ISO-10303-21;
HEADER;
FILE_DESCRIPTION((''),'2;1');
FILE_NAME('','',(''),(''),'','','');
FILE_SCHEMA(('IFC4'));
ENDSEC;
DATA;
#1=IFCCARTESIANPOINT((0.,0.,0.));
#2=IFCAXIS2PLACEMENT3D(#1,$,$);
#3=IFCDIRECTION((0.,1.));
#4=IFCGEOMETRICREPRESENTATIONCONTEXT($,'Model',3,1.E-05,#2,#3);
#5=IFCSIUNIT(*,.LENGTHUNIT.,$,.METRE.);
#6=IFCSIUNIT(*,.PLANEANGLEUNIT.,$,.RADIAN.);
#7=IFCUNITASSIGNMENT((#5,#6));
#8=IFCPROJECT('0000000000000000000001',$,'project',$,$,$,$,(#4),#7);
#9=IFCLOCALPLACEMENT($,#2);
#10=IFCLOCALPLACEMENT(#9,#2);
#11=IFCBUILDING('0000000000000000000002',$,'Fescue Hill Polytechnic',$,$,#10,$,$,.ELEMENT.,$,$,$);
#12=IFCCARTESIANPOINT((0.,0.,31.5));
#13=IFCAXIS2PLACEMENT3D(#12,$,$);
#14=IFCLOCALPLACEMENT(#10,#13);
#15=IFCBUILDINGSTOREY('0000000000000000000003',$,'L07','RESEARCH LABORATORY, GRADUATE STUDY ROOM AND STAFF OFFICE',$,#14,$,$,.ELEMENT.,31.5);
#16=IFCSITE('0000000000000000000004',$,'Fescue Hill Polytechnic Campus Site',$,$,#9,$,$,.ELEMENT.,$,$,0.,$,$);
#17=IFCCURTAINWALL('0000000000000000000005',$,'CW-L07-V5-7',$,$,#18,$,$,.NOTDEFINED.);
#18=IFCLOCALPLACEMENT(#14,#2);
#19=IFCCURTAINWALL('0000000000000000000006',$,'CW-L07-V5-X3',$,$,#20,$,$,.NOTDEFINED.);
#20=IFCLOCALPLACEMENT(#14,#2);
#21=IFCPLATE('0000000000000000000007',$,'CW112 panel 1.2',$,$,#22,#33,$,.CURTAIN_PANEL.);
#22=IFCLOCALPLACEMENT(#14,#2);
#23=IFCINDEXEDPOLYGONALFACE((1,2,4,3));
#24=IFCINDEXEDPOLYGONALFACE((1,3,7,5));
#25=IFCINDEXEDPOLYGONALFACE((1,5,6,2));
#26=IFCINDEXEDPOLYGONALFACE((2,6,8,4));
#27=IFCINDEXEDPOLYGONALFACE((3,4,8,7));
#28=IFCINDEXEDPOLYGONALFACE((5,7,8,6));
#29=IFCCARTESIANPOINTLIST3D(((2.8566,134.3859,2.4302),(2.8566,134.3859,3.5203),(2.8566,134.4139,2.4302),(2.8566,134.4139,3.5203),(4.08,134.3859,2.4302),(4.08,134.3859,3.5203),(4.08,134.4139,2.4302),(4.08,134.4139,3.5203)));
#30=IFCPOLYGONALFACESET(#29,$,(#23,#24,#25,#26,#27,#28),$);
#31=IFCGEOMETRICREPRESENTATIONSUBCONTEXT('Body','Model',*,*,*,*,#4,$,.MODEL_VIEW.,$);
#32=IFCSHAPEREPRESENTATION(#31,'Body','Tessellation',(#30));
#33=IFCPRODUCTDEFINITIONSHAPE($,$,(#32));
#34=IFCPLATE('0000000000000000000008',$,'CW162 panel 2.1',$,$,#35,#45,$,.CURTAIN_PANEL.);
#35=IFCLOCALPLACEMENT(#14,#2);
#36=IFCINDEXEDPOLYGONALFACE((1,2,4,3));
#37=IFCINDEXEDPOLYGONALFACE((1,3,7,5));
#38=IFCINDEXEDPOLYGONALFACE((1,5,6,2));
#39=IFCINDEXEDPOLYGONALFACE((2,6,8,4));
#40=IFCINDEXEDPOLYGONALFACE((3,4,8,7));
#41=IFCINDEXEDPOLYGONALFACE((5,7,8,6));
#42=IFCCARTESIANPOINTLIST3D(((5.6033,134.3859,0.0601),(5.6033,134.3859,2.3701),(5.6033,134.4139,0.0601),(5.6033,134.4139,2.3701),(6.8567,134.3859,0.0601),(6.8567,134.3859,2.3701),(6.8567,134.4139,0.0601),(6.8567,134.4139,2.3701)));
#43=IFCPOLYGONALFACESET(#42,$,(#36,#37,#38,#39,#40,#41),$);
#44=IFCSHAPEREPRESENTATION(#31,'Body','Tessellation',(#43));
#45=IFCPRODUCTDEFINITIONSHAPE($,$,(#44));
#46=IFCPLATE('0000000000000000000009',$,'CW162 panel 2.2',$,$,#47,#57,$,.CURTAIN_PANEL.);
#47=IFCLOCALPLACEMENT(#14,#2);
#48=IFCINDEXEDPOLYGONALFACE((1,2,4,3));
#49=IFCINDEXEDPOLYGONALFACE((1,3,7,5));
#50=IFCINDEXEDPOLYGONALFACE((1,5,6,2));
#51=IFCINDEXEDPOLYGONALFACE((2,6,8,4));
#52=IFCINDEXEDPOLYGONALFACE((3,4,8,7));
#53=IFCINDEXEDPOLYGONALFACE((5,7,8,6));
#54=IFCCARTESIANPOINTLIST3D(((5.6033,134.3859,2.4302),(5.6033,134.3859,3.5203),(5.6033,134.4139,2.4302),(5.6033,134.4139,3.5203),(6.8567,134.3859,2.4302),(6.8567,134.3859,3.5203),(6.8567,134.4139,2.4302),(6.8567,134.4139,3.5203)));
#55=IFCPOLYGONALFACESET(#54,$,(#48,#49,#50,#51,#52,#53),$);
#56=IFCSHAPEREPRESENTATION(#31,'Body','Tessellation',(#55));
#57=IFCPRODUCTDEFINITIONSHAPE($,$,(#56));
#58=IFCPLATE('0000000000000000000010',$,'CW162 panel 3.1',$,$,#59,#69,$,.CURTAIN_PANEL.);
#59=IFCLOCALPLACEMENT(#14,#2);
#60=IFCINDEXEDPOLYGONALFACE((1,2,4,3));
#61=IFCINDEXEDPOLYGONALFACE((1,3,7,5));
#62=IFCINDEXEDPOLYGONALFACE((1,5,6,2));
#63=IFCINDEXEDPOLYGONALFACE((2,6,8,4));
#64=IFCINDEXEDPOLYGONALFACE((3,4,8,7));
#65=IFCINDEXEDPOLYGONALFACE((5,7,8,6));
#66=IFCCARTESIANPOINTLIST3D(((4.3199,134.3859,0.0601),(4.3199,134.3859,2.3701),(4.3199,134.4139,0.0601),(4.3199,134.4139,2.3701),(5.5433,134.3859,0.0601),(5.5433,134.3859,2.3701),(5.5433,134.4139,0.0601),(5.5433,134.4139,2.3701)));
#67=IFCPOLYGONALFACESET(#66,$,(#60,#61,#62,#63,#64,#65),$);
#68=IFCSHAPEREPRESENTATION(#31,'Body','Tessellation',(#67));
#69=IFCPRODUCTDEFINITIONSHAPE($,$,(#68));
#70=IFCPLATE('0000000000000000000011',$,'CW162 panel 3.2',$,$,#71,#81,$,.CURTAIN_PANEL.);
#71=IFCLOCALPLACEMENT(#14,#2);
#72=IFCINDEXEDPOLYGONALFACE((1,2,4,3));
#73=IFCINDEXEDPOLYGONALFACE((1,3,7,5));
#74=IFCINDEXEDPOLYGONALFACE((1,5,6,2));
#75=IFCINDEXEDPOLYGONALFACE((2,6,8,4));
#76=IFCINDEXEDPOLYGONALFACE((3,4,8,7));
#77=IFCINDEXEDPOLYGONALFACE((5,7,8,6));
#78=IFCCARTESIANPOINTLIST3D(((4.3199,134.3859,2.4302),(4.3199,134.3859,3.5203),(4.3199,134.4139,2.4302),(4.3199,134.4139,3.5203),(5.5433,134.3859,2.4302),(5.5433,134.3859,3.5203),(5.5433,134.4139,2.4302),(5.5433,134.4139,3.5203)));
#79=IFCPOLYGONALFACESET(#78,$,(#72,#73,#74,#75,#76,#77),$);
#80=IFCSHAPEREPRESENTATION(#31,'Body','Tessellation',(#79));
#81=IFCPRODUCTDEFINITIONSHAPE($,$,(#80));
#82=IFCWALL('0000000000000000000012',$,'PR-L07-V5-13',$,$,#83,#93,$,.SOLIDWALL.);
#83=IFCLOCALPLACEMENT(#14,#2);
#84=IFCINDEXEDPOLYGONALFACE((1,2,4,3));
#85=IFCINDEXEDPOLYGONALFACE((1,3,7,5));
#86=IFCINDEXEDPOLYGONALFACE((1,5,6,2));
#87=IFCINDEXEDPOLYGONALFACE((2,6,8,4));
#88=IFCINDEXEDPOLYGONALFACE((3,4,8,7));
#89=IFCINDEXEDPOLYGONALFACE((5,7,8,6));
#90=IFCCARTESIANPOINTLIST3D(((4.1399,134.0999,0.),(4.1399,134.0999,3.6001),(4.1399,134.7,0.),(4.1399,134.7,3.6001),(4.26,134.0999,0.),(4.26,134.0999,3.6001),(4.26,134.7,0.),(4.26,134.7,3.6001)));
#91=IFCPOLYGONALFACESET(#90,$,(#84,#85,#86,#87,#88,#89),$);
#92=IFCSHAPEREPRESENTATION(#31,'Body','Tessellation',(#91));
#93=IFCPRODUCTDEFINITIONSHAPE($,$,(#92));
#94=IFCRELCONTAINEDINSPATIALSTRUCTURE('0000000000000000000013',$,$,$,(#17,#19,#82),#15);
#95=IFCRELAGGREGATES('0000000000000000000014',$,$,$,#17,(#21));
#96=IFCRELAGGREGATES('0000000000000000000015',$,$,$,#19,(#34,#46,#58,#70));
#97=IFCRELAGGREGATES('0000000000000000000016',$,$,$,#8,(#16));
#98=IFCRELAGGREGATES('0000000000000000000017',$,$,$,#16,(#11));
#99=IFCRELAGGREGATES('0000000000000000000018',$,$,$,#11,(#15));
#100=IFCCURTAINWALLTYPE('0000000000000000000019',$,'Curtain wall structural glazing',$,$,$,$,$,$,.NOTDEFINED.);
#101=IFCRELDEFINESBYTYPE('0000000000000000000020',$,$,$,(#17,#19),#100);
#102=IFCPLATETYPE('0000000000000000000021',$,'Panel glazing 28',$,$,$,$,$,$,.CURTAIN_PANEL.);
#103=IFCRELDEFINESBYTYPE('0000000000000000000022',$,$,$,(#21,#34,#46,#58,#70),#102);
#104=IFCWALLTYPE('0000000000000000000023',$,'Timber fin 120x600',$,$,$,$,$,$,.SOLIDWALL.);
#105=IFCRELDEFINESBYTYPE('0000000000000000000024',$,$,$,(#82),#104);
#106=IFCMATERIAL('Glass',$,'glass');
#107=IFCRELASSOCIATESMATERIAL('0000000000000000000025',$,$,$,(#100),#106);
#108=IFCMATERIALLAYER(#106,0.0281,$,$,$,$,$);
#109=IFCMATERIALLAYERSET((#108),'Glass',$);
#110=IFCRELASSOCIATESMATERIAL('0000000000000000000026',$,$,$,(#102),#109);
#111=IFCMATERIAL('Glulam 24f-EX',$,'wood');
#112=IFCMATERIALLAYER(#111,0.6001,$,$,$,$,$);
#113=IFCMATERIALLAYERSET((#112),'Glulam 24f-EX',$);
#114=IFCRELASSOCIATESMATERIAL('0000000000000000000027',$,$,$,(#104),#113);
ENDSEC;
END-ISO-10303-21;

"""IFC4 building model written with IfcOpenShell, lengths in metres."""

from ifc_helpers import new_model, si_unit, direction, frame, frame_2d, origin, origin_2d, place, context, subcontext, project, spatial, rectangle, extrude, material, layer, layer_set, type_object, element, aggregate, save


model = new_model("IFC4")

# Units and contexts
model_context = context("Model", 3, precision=1e-05, world=origin(), true_north=direction((0.0, 1.0)))
body_context = subcontext(model_context, "Body", "Model", "MODEL_VIEW")
ifc_project = project(units=[si_unit("LENGTHUNIT", "METRE"), si_unit("PLANEANGLEUNIT", "RADIAN")], contexts=[model_context])

# Site, building, storey
site_placement = place(None, origin())
site = spatial("IfcSite", under=ifc_project, at=site_placement, Name="Fescue Hill Polytechnic Campus Site", CompositionType="ELEMENT", RefElevation=0.0)
building_placement = place(site_placement, origin())
building = spatial("IfcBuilding", under=site, at=building_placement, Name="Fescue Hill Polytechnic", CompositionType="ELEMENT")
storey_placement = place(building_placement, frame((0.0, 0.0, 31.5)))
storey = spatial("IfcBuildingStorey", under=building, at=storey_placement, Name="L07", Description="RESEARCH LABORATORY, GRADUATE STUDY ROOM AND STAFF OFFICE", CompositionType="ELEMENT", Elevation=31.5)

# Curtain walls
ifc_material_1 = material(Name="Glass", Category="glass")
curtain_wall_type = type_object("IfcCurtainWallType", Name="Curtain wall structural glazing", PredefinedType="NOTDEFINED", material=ifc_material_1)
curtain_wall_1_placement = place(storey_placement, origin())
curtain_wall_1 = element("IfcCurtainWall", 1, at=curtain_wall_1_placement, inside=storey, type_object=curtain_wall_type, Name="CW-L07-V5-7", PredefinedType="NOTDEFINED")
curtain_wall_2_placement = place(storey_placement, origin())
curtain_wall_2 = element("IfcCurtainWall", 2, at=curtain_wall_2_placement, inside=storey, type_object=curtain_wall_type, Name="CW-L07-V5-X3", PredefinedType="NOTDEFINED")

# Plates
ifc_layer_1 = layer(ifc_material_1, 0.0281)
ifc_layer_set_1 = layer_set([ifc_layer_1], Name="Glass")
plate_type = type_object("IfcPlateType", Name="Panel glazing 28", PredefinedType="CURTAIN_PANEL", material=ifc_layer_set_1)
plate_1_placement = place(storey_placement, frame((3.4683, 134.3999, 2.4302), z_axis=(0.0, 0.0, 1.0), x_axis=(-1.0, 0.0, 0.0)))
plate_1 = element("IfcPlate", 3, at=plate_1_placement, type_object=plate_type, Name="CW112 panel 1.2", PredefinedType="CURTAIN_PANEL", context=body_context, shape_type="SweptSolid", body=[
    extrude(rectangle(XDim=1.2234, YDim=0.0281, at=origin_2d()), origin(), (0.0, 0.0, 1.0), 1.0901),
])
aggregate(curtain_wall_1, [plate_1])
plate_2_placement = place(storey_placement, frame((6.23, 134.3999, 0.0601), z_axis=(0.0, 0.0, 1.0), x_axis=(-1.0, 0.0, 0.0)))
plate_2 = element("IfcPlate", 4, at=plate_2_placement, type_object=plate_type, Name="CW162 panel 2.1", PredefinedType="CURTAIN_PANEL", context=body_context, shape_type="SweptSolid", body=[
    extrude(rectangle(XDim=1.2534, YDim=0.0281, at=origin_2d()), origin(), (0.0, 0.0, 1.0), 2.3101),
])
plate_3_placement = place(storey_placement, frame((6.23, 134.3999, 2.4302), z_axis=(0.0, 0.0, 1.0), x_axis=(-1.0, 0.0, 0.0)))
plate_3 = element("IfcPlate", 5, at=plate_3_placement, type_object=plate_type, Name="CW162 panel 2.2", PredefinedType="CURTAIN_PANEL", context=body_context, shape_type="SweptSolid", body=[
    extrude(rectangle(XDim=1.2534, YDim=0.0281, at=origin_2d()), origin(), (0.0, 0.0, 1.0), 1.0901),
])
plate_4_placement = place(storey_placement, frame((4.9316, 134.3999, 0.0601), z_axis=(0.0, 0.0, 1.0), x_axis=(-1.0, 0.0, 0.0)))
plate_4 = element("IfcPlate", 6, at=plate_4_placement, type_object=plate_type, Name="CW162 panel 3.1", PredefinedType="CURTAIN_PANEL", context=body_context, shape_type="SweptSolid", body=[
    extrude(rectangle(XDim=1.2234, YDim=0.0281, at=origin_2d()), origin(), (0.0, 0.0, 1.0), 2.3101),
])
plate_5_placement = place(storey_placement, frame((4.9316, 134.3999, 2.4302), z_axis=(0.0, 0.0, 1.0), x_axis=(-1.0, 0.0, 0.0)))
plate_5 = element("IfcPlate", 7, at=plate_5_placement, type_object=plate_type, Name="CW162 panel 3.2", PredefinedType="CURTAIN_PANEL", context=body_context, shape_type="SweptSolid", body=[
    extrude(rectangle(XDim=1.2234, YDim=0.0281, at=origin_2d()), origin(), (0.0, 0.0, 1.0), 1.0901),
])
aggregate(curtain_wall_2, [plate_2, plate_3, plate_4, plate_5])

# Wall
ifc_material_2 = material(Name="Glulam 24f-EX", Category="wood")
ifc_layer_2 = layer(ifc_material_2, 0.6001)
ifc_layer_set_2 = layer_set([ifc_layer_2], Name="Glulam 24f-EX")
wall_type = type_object("IfcWallType", Name="Timber fin 120x600", PredefinedType="SOLIDWALL", material=ifc_layer_set_2)
wall_placement = place(storey_placement, frame((4.26, 134.3999, 0.0), z_axis=(0.0, 0.0, 1.0), x_axis=(-1.0, 0.0, 0.0)))
element("IfcWall", 8, at=wall_placement, inside=storey, type_object=wall_type, Name="PR-L07-V5-13", PredefinedType="SOLIDWALL", context=body_context, shape_type="SweptSolid", body=[
    extrude(rectangle(XDim=0.1201, YDim=0.6001, at=frame_2d((0.0601, 0.0))), origin(), (0.0, 0.0, 1.0), 3.6001),
])

save(model, "model.ifc")
